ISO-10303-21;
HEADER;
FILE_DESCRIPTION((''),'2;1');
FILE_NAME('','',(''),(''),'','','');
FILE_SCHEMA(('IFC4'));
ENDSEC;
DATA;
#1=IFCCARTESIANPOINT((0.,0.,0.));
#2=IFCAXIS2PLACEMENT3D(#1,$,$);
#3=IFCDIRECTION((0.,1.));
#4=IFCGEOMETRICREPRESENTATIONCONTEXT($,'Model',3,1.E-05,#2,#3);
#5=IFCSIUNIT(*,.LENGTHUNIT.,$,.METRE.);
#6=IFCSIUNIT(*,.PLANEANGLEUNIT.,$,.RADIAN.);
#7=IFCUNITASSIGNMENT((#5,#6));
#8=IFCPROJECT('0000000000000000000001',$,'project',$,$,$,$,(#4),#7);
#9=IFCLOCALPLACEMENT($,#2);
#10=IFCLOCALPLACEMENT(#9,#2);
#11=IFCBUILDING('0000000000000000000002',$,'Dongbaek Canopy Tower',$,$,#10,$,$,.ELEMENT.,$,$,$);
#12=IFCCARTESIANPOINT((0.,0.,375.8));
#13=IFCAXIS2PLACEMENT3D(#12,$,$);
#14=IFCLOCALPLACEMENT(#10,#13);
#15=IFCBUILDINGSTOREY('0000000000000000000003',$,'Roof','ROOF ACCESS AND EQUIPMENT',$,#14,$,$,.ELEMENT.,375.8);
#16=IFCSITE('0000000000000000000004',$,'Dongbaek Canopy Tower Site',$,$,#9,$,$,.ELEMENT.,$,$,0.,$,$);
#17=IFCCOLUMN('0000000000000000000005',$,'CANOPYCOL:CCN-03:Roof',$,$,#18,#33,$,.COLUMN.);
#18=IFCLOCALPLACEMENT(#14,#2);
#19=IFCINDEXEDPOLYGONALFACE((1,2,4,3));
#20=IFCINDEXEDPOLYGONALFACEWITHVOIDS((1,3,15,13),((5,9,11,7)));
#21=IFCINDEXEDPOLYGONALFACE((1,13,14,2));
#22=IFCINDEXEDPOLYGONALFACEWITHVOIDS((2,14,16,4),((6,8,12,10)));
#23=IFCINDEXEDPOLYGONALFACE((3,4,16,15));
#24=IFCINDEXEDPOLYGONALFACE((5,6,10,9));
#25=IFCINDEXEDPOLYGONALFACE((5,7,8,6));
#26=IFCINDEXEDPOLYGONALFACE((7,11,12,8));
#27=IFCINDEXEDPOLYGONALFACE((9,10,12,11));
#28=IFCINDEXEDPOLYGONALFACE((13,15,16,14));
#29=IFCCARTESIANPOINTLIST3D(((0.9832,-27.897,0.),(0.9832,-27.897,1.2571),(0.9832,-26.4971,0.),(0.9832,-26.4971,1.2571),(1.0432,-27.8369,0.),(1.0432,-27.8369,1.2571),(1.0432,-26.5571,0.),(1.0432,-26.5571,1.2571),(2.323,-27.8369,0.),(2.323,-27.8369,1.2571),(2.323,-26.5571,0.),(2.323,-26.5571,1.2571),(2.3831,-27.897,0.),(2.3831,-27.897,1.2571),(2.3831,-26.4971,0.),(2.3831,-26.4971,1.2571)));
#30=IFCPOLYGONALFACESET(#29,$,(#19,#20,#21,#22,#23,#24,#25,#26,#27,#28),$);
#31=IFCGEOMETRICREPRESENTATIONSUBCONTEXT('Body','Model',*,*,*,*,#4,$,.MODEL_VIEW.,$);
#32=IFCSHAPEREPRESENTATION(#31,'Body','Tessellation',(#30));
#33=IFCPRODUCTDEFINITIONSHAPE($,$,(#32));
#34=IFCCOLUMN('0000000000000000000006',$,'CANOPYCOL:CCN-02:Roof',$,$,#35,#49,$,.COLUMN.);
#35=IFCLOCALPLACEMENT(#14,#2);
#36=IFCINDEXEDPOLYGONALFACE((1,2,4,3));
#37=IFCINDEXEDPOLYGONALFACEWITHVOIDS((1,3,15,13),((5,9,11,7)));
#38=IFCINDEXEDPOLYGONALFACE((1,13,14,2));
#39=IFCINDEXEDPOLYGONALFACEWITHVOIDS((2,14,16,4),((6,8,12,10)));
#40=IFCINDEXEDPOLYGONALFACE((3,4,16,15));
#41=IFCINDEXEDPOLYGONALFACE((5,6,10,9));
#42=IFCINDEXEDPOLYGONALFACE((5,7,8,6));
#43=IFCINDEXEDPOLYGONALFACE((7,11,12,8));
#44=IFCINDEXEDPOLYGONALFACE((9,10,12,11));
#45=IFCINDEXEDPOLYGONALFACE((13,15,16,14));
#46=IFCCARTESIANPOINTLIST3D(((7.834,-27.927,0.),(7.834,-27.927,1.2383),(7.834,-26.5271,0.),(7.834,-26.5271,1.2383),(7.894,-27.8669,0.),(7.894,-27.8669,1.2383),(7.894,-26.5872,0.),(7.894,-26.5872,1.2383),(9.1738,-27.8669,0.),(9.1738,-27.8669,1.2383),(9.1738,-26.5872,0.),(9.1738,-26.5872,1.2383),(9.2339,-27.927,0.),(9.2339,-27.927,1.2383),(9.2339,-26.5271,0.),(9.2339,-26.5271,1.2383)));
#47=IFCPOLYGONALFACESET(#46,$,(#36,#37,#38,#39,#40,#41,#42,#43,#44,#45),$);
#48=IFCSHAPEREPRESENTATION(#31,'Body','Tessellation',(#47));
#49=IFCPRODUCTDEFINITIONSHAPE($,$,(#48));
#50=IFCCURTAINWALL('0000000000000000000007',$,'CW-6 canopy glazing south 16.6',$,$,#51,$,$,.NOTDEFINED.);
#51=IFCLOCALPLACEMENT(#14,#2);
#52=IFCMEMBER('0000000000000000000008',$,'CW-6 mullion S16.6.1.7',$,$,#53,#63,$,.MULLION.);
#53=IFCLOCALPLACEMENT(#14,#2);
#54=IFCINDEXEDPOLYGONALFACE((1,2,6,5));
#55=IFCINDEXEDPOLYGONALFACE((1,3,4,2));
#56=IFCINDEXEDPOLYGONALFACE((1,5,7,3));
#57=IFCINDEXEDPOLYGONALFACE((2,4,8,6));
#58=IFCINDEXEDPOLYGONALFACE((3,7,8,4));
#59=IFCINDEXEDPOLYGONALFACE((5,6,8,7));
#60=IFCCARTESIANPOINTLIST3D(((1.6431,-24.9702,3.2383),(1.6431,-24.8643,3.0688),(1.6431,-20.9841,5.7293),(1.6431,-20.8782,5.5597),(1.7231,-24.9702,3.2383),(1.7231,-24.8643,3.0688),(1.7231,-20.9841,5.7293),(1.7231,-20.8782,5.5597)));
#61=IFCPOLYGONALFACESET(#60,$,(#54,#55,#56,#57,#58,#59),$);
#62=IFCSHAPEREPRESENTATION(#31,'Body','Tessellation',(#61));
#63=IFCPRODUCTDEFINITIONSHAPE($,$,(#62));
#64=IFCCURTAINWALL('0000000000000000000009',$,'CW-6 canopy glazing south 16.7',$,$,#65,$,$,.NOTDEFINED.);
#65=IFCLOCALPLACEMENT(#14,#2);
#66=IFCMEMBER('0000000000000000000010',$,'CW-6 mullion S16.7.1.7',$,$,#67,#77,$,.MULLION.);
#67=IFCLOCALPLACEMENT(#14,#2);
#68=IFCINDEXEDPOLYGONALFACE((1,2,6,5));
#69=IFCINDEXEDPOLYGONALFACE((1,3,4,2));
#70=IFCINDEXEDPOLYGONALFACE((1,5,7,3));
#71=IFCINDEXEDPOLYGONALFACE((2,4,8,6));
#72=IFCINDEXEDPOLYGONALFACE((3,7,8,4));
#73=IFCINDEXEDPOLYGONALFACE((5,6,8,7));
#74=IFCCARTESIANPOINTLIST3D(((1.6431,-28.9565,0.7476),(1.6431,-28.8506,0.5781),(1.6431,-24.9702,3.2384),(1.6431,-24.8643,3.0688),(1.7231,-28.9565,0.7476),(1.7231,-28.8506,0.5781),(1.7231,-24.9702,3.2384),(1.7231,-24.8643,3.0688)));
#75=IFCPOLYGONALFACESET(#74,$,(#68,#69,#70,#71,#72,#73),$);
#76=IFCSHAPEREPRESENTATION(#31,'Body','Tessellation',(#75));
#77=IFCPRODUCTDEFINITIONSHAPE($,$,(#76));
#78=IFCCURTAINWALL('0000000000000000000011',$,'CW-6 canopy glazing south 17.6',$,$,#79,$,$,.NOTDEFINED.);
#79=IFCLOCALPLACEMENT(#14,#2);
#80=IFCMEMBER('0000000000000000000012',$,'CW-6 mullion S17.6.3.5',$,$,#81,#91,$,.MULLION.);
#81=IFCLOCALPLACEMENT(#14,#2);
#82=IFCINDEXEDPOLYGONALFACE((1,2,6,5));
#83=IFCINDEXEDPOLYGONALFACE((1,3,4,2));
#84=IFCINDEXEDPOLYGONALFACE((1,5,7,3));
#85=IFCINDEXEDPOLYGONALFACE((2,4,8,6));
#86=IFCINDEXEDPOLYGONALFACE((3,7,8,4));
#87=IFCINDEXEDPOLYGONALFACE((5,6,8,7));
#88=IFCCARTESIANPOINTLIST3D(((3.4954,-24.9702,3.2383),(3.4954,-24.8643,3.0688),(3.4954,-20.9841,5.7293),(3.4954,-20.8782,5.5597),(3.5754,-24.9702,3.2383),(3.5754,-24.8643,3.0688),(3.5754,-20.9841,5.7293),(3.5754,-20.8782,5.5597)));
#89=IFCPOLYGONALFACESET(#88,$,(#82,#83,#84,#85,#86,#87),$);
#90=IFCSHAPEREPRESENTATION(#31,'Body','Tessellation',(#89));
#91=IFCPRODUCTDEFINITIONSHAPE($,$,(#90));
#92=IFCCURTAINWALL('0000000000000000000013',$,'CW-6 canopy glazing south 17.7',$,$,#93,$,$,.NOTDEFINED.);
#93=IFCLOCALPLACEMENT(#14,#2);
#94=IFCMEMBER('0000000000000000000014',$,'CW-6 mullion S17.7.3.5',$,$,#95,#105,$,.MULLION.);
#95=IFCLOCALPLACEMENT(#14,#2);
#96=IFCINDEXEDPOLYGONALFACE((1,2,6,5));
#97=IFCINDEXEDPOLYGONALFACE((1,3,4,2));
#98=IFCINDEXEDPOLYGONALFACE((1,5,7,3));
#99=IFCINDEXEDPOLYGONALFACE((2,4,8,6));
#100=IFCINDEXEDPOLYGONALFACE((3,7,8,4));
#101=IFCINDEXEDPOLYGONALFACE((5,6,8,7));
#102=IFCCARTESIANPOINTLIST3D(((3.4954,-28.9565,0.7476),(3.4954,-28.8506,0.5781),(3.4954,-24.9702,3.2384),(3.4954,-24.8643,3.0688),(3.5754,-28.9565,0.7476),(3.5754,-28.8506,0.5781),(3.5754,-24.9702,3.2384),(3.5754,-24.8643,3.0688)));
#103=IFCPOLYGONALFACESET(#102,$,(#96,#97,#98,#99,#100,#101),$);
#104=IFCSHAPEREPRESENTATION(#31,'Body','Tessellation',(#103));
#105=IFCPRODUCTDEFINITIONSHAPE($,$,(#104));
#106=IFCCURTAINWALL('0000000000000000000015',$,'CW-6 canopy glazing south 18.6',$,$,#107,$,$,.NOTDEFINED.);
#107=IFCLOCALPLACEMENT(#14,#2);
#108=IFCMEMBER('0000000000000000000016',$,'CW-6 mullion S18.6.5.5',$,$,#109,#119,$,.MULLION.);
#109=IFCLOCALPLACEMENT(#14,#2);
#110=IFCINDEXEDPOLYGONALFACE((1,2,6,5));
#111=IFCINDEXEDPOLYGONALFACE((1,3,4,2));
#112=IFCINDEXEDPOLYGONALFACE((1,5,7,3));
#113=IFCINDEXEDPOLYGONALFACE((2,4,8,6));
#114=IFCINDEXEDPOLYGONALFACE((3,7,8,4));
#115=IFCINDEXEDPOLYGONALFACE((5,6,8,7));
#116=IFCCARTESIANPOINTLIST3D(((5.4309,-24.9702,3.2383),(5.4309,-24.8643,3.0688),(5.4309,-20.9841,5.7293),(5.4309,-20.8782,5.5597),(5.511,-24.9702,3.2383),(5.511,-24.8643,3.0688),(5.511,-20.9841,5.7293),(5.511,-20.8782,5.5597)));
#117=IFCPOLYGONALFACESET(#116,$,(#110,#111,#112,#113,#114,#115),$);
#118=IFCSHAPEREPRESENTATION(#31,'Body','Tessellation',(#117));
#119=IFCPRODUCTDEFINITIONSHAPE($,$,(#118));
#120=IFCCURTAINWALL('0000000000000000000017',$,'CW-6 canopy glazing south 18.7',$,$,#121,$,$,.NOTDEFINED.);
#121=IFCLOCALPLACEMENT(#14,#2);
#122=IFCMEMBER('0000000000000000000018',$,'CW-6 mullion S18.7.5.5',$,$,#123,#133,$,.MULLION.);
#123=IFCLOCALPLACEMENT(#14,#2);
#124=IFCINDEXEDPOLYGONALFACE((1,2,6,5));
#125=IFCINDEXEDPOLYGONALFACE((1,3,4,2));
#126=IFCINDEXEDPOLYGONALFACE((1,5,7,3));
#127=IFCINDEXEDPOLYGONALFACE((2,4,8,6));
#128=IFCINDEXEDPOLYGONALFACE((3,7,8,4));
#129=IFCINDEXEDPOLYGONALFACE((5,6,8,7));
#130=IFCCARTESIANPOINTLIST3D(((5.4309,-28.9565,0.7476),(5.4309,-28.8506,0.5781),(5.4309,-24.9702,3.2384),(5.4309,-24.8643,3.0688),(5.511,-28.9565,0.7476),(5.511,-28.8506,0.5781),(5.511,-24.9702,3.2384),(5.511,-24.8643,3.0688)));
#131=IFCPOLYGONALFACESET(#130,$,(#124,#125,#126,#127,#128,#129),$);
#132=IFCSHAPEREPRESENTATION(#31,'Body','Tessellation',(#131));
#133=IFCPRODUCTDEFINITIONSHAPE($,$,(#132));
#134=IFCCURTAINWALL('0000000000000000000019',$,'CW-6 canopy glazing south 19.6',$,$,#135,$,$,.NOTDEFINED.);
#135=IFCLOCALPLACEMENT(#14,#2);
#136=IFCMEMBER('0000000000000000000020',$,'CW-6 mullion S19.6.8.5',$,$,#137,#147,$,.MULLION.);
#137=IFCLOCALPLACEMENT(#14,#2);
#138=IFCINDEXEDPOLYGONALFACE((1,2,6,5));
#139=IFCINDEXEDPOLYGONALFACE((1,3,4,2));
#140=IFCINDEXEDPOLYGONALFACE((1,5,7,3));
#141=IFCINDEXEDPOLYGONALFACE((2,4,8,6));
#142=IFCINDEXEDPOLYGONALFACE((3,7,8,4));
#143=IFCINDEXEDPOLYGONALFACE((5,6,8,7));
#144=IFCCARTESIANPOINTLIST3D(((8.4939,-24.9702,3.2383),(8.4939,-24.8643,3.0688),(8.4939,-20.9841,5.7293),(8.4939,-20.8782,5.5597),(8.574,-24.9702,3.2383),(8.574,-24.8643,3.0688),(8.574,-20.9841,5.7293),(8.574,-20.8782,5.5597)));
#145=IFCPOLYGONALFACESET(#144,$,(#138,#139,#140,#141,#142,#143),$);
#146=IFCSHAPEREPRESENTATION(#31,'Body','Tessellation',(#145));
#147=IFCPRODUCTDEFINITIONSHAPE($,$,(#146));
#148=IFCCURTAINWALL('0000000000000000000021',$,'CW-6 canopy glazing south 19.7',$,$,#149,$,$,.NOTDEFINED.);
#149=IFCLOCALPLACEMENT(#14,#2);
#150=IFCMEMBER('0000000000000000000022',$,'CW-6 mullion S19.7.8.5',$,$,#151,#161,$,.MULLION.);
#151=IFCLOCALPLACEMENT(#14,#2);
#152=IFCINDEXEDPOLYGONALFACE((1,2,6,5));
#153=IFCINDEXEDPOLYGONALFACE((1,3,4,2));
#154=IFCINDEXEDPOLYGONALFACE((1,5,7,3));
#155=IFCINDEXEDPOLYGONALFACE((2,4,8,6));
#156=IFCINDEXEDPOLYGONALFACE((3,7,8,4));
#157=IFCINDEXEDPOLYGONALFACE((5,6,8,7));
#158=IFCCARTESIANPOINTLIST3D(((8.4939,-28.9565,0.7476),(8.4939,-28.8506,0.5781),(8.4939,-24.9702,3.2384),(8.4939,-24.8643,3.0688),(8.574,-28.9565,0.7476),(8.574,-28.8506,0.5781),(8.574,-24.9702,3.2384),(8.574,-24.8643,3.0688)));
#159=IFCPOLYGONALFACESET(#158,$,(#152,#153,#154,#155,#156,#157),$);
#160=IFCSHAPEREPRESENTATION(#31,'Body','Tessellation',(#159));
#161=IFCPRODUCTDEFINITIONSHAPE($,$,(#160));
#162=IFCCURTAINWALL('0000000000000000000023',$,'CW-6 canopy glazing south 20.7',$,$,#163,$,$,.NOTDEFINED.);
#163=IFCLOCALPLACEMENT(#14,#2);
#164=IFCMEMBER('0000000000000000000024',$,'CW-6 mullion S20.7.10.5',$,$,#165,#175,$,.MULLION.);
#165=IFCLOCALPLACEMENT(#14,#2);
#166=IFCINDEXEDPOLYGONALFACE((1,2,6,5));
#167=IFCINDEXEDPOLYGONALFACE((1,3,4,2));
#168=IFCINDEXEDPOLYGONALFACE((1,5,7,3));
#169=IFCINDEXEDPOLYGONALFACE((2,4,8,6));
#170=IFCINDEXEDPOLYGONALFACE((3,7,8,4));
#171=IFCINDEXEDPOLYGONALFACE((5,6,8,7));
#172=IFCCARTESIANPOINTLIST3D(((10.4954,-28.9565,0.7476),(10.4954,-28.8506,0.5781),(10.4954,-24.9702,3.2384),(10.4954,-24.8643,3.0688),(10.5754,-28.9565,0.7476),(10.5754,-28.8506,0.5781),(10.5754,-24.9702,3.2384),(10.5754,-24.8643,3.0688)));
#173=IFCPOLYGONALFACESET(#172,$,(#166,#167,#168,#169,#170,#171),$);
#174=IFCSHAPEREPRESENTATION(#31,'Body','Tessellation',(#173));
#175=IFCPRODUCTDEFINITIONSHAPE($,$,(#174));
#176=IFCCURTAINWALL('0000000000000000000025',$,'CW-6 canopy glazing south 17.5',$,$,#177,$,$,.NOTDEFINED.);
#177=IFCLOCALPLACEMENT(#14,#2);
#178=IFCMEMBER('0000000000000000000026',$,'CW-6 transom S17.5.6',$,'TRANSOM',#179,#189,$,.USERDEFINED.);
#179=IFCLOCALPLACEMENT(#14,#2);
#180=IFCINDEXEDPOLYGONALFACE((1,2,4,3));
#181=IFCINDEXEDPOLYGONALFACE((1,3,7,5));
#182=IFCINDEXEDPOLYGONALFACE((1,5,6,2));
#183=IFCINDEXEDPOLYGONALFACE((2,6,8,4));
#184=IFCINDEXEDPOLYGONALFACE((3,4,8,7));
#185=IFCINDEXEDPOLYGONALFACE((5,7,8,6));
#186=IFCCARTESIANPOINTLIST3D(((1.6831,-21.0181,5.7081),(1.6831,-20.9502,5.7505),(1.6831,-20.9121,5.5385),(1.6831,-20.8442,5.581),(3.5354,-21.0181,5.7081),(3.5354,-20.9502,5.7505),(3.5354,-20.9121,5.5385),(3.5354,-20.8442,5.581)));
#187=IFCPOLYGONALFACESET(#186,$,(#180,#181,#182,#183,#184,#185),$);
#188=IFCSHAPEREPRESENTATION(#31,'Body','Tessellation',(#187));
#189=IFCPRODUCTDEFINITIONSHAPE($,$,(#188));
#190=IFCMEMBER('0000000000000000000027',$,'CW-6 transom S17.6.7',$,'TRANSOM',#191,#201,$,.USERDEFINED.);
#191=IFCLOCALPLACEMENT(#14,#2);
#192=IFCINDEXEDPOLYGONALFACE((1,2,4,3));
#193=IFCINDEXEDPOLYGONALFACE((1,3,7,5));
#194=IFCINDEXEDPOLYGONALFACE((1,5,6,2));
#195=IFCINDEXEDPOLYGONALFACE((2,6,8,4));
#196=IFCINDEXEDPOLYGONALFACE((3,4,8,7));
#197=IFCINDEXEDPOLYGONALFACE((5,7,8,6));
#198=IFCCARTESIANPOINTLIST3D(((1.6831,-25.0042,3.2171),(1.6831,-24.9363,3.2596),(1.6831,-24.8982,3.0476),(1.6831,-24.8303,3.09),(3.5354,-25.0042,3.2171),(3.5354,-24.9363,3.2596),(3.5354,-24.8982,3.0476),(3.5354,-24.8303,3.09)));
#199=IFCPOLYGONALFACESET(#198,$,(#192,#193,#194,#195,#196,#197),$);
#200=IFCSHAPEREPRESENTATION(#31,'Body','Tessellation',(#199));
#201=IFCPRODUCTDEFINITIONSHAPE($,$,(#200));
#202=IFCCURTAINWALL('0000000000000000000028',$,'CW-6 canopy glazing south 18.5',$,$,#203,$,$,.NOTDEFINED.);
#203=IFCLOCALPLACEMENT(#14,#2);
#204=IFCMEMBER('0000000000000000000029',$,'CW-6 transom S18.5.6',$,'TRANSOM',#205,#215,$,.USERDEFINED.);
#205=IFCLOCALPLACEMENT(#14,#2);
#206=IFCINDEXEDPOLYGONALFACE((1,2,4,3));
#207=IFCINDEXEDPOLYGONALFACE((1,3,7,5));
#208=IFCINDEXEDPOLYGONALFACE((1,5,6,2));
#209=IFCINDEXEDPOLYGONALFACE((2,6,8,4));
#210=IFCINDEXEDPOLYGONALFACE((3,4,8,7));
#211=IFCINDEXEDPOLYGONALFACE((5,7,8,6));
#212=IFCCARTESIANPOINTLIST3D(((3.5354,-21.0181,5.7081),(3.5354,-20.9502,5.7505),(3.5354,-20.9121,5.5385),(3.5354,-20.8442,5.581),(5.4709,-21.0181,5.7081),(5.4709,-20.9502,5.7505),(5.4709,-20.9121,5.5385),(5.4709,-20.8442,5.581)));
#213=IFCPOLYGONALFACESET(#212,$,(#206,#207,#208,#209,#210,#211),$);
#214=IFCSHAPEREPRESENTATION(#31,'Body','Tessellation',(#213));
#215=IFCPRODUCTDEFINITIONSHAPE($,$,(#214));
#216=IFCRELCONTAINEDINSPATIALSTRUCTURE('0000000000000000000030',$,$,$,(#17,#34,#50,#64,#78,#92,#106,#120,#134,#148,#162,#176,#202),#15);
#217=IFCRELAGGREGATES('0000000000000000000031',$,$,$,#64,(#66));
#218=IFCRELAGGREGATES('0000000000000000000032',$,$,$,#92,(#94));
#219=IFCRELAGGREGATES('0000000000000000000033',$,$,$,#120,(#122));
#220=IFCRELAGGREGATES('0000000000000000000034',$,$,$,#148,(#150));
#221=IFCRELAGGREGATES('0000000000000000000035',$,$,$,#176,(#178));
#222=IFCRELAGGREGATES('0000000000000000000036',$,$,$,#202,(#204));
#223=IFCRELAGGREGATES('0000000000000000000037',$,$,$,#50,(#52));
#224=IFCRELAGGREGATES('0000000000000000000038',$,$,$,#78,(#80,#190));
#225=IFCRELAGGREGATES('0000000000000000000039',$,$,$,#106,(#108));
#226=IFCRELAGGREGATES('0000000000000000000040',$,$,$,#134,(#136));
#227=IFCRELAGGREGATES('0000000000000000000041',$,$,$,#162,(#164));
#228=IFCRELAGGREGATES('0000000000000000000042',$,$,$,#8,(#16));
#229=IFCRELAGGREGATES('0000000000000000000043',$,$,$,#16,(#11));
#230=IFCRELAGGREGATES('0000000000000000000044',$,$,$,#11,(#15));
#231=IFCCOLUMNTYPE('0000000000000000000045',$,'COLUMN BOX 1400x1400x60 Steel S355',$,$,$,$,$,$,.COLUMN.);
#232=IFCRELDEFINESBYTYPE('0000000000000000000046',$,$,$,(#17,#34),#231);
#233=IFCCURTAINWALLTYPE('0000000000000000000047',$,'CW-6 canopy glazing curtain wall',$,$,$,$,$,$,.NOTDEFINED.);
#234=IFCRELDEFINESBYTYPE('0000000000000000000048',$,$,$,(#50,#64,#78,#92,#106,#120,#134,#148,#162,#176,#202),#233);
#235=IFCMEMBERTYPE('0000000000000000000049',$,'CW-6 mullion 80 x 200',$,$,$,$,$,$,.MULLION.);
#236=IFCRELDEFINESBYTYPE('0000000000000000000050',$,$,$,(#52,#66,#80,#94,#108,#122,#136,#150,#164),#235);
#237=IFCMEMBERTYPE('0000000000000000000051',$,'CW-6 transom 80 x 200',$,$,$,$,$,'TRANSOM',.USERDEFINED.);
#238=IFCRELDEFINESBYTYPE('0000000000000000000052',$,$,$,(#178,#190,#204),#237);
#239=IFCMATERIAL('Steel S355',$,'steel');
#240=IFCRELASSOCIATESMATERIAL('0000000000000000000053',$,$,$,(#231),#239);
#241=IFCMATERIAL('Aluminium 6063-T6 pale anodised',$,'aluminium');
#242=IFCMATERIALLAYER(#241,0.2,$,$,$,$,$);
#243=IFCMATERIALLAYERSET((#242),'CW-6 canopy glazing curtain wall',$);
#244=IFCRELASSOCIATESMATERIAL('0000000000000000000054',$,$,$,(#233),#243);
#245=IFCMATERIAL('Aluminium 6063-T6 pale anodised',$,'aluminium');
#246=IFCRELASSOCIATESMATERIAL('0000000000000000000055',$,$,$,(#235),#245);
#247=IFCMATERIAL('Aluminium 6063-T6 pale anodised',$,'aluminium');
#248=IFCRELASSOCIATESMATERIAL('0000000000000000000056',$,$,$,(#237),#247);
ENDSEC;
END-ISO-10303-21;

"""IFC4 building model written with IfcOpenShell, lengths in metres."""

from ifc_helpers import new_model, si_unit, direction, frame, origin, origin_2d, place, context, subcontext, project, spatial, rectangle, hollow_rectangle, extrude, material, layer, layer_set, material_profile, profile_set, type_object, element, aggregate, save


model = new_model("IFC4")

# Units and contexts
model_context = context("Model", 3, precision=1e-05, world=origin(), true_north=direction((0.0, 1.0)))
body_context = subcontext(model_context, "Body", "Model", "MODEL_VIEW")
ifc_project = project(units=[si_unit("LENGTHUNIT", "METRE"), si_unit("PLANEANGLEUNIT", "RADIAN")], contexts=[model_context])

# Site, building, storey
site_placement = place(None, origin())
site = spatial("IfcSite", under=ifc_project, at=site_placement, Name="Dongbaek Canopy Tower Site", CompositionType="ELEMENT", RefElevation=0.0)
building_placement = place(site_placement, origin())
building = spatial("IfcBuilding", under=site, at=building_placement, Name="Dongbaek Canopy Tower", CompositionType="ELEMENT")
storey_placement = place(building_placement, frame((0.0, 0.0, 375.8)))
storey = spatial("IfcBuildingStorey", under=building, at=storey_placement, Name="Roof", Description="ROOF ACCESS AND EQUIPMENT", CompositionType="ELEMENT", Elevation=375.8)

# Columns
ifc_material_1 = material(Name="Steel S355", Category="steel")
ifc_material_profile_1 = material_profile(ifc_material_1, hollow_rectangle(XDim=1.3999, YDim=1.3999, WallThickness=0.0601, at=origin_2d()), Name="COLUMN BOX 1400x1400x60 Steel S355")
ifc_profile_set_1 = profile_set([ifc_material_profile_1], Name="Steel S355")
column_type = type_object("IfcColumnType", Name="COLUMN BOX 1400x1400x60 Steel S355", PredefinedType="COLUMN", material=ifc_profile_set_1)
column_1_placement = place(storey_placement, frame((1.6831, -27.197, 0.0), z_axis=(0.0, 0.0, 1.0), x_axis=(1.0, 0.0, 0.0)))
element("IfcColumn", 1, at=column_1_placement, inside=storey, type_object=column_type, Name="CANOPYCOL:CCN-03:Roof", PredefinedType="COLUMN", context=body_context, shape_type="SweptSolid", body=[
    extrude(hollow_rectangle(XDim=1.3999, YDim=1.3999, WallThickness=0.0601, at=origin_2d()), origin(), (0.0, 0.0, 1.0), 1.2571),
])
column_2_placement = place(storey_placement, frame((8.5339, -27.2271, 0.0), z_axis=(0.0, 0.0, 1.0), x_axis=(1.0, 0.0, 0.0)))
element("IfcColumn", 2, at=column_2_placement, inside=storey, type_object=column_type, Name="CANOPYCOL:CCN-02:Roof", PredefinedType="COLUMN", context=body_context, shape_type="SweptSolid", body=[
    extrude(hollow_rectangle(XDim=1.3999, YDim=1.3999, WallThickness=0.0601, at=origin_2d()), origin(), (0.0, 0.0, 1.0), 1.2383),
])

# Curtain walls, members
ifc_material_2 = material(Name="Aluminium 6063-T6 pale anodised", Category="aluminium")
ifc_layer_1 = layer(ifc_material_2, 0.2)
ifc_layer_set_1 = layer_set([ifc_layer_1], Name="CW-6 canopy glazing curtain wall")
curtain_wall_type = type_object("IfcCurtainWallType", Name="CW-6 canopy glazing curtain wall", PredefinedType="NOTDEFINED", material=ifc_layer_set_1)
curtain_wall_1_placement = place(storey_placement, origin())
curtain_wall_1 = element("IfcCurtainWall", 3, at=curtain_wall_1_placement, inside=storey, type_object=curtain_wall_type, Name="CW-6 canopy glazing south 16.6", PredefinedType="NOTDEFINED")
ifc_material_3 = material(Name="Aluminium 6063-T6 pale anodised", Category="aluminium")
ifc_material_profile_2 = material_profile(ifc_material_3, rectangle(XDim=0.0801, YDim=0.2, at=origin_2d()), Name="CW-6 mullion 80 x 200")
ifc_profile_set_2 = profile_set([ifc_material_profile_2], Name="Aluminium 6063-T6 pale anodised")
member_type_1 = type_object("IfcMemberType", Name="CW-6 mullion 80 x 200", PredefinedType="MULLION", material=ifc_profile_set_2)
member_1_placement = place(storey_placement, frame((1.6831, -20.9312, 5.6445), z_axis=(0.0, -0.84803, -0.529948), x_axis=(1.0, 0.0, 0.0)))
member_1 = element("IfcMember", 4, at=member_1_placement, type_object=member_type_1, Name="CW-6 mullion S16.6.1.7", PredefinedType="MULLION", context=body_context, shape_type="SweptSolid", body=[
    extrude(rectangle(XDim=0.0801, YDim=0.2, at=origin_2d()), origin(), (0.0, 0.0, 1.0), 4.7004),
])
curtain_wall_2_placement = place(storey_placement, origin())
curtain_wall_2 = element("IfcCurtainWall", 5, at=curtain_wall_2_placement, inside=storey, type_object=curtain_wall_type, Name="CW-6 canopy glazing south 16.7", PredefinedType="NOTDEFINED")
member_2_placement = place(storey_placement, frame((1.6831, -24.9172, 3.1536), z_axis=(0.0, -0.848068, -0.529887), x_axis=(1.0, 0.0, 0.0)))
member_2 = element("IfcMember", 6, at=member_2_placement, type_object=member_type_1, Name="CW-6 mullion S16.7.1.7", PredefinedType="MULLION", context=body_context, shape_type="SweptSolid", body=[
    extrude(rectangle(XDim=0.0801, YDim=0.2, at=origin_2d()), origin(), (0.0, 0.0, 1.0), 4.7004),
])
aggregate(curtain_wall_2, [member_2])
curtain_wall_3_placement = place(storey_placement, origin())
curtain_wall_3 = element("IfcCurtainWall", 7, at=curtain_wall_3_placement, inside=storey, type_object=curtain_wall_type, Name="CW-6 canopy glazing south 17.6", PredefinedType="NOTDEFINED")
member_3_placement = place(storey_placement, frame((3.5354, -20.9312, 5.6445), z_axis=(0.0, -0.84803, -0.529948), x_axis=(1.0, 0.0, 0.0)))
member_3 = element("IfcMember", 8, at=member_3_placement, type_object=member_type_1, Name="CW-6 mullion S17.6.3.5", PredefinedType="MULLION", context=body_context, shape_type="SweptSolid", body=[
    extrude(rectangle(XDim=0.0801, YDim=0.2, at=origin_2d()), origin(), (0.0, 0.0, 1.0), 4.7004),
])
curtain_wall_4_placement = place(storey_placement, origin())
curtain_wall_4 = element("IfcCurtainWall", 9, at=curtain_wall_4_placement, inside=storey, type_object=curtain_wall_type, Name="CW-6 canopy glazing south 17.7", PredefinedType="NOTDEFINED")
member_4_placement = place(storey_placement, frame((3.5354, -24.9172, 3.1536), z_axis=(0.0, -0.848068, -0.529887), x_axis=(1.0, 0.0, 0.0)))
member_4 = element("IfcMember", 10, at=member_4_placement, type_object=member_type_1, Name="CW-6 mullion S17.7.3.5", PredefinedType="MULLION", context=body_context, shape_type="SweptSolid", body=[
    extrude(rectangle(XDim=0.0801, YDim=0.2, at=origin_2d()), origin(), (0.0, 0.0, 1.0), 4.7004),
])
aggregate(curtain_wall_4, [member_4])
curtain_wall_5_placement = place(storey_placement, origin())
curtain_wall_5 = element("IfcCurtainWall", 11, at=curtain_wall_5_placement, inside=storey, type_object=curtain_wall_type, Name="CW-6 canopy glazing south 18.6", PredefinedType="NOTDEFINED")
member_5_placement = place(storey_placement, frame((5.4709, -20.9312, 5.6445), z_axis=(0.0, -0.84803, -0.529948), x_axis=(1.0, 0.0, 0.0)))
member_5 = element("IfcMember", 12, at=member_5_placement, type_object=member_type_1, Name="CW-6 mullion S18.6.5.5", PredefinedType="MULLION", context=body_context, shape_type="SweptSolid", body=[
    extrude(rectangle(XDim=0.0801, YDim=0.2, at=origin_2d()), origin(), (0.0, 0.0, 1.0), 4.7004),
])
curtain_wall_6_placement = place(storey_placement, origin())
curtain_wall_6 = element("IfcCurtainWall", 13, at=curtain_wall_6_placement, inside=storey, type_object=curtain_wall_type, Name="CW-6 canopy glazing south 18.7", PredefinedType="NOTDEFINED")
member_6_placement = place(storey_placement, frame((5.4709, -24.9172, 3.1536), z_axis=(0.0, -0.848068, -0.529887), x_axis=(1.0, 0.0, 0.0)))
member_6 = element("IfcMember", 14, at=member_6_placement, type_object=member_type_1, Name="CW-6 mullion S18.7.5.5", PredefinedType="MULLION", context=body_context, shape_type="SweptSolid", body=[
    extrude(rectangle(XDim=0.0801, YDim=0.2, at=origin_2d()), origin(), (0.0, 0.0, 1.0), 4.7004),
])
aggregate(curtain_wall_6, [member_6])
curtain_wall_7_placement = place(storey_placement, origin())
curtain_wall_7 = element("IfcCurtainWall", 15, at=curtain_wall_7_placement, inside=storey, type_object=curtain_wall_type, Name="CW-6 canopy glazing south 19.6", PredefinedType="NOTDEFINED")
member_7_placement = place(storey_placement, frame((8.5339, -20.9312, 5.6445), z_axis=(0.0, -0.84803, -0.529948), x_axis=(1.0, 0.0, 0.0)))
member_7 = element("IfcMember", 16, at=member_7_placement, type_object=member_type_1, Name="CW-6 mullion S19.6.8.5", PredefinedType="MULLION", context=body_context, shape_type="SweptSolid", body=[
    extrude(rectangle(XDim=0.0801, YDim=0.2, at=origin_2d()), origin(), (0.0, 0.0, 1.0), 4.7004),
])
curtain_wall_8_placement = place(storey_placement, origin())
curtain_wall_8 = element("IfcCurtainWall", 17, at=curtain_wall_8_placement, inside=storey, type_object=curtain_wall_type, Name="CW-6 canopy glazing south 19.7", PredefinedType="NOTDEFINED")
member_8_placement = place(storey_placement, frame((8.5339, -24.9172, 3.1536), z_axis=(0.0, -0.848068, -0.529887), x_axis=(1.0, 0.0, 0.0)))
member_8 = element("IfcMember", 18, at=member_8_placement, type_object=member_type_1, Name="CW-6 mullion S19.7.8.5", PredefinedType="MULLION", context=body_context, shape_type="SweptSolid", body=[
    extrude(rectangle(XDim=0.0801, YDim=0.2, at=origin_2d()), origin(), (0.0, 0.0, 1.0), 4.7004),
])
aggregate(curtain_wall_8, [member_8])
curtain_wall_9_placement = place(storey_placement, origin())
curtain_wall_9 = element("IfcCurtainWall", 19, at=curtain_wall_9_placement, inside=storey, type_object=curtain_wall_type, Name="CW-6 canopy glazing south 20.7", PredefinedType="NOTDEFINED")
member_9_placement = place(storey_placement, frame((10.5354, -24.9172, 3.1536), z_axis=(0.0, -0.848068, -0.529887), x_axis=(1.0, 0.0, 0.0)))
member_9 = element("IfcMember", 20, at=member_9_placement, type_object=member_type_1, Name="CW-6 mullion S20.7.10.5", PredefinedType="MULLION", context=body_context, shape_type="SweptSolid", body=[
    extrude(rectangle(XDim=0.0801, YDim=0.2, at=origin_2d()), origin(), (0.0, 0.0, 1.0), 4.7004),
])
curtain_wall_10_placement = place(storey_placement, origin())
curtain_wall_10 = element("IfcCurtainWall", 21, at=curtain_wall_10_placement, inside=storey, type_object=curtain_wall_type, Name="CW-6 canopy glazing south 17.5", PredefinedType="NOTDEFINED")
ifc_material_4 = material(Name="Aluminium 6063-T6 pale anodised", Category="aluminium")
ifc_material_profile_3 = material_profile(ifc_material_4, rectangle(XDim=0.0801, YDim=0.2, at=origin_2d()), Name="CW-6 transom 80 x 200")
ifc_profile_set_3 = profile_set([ifc_material_profile_3], Name="Aluminium 6063-T6 pale anodised")
member_type_2 = type_object("IfcMemberType", Name="CW-6 transom 80 x 200", ElementType="TRANSOM", PredefinedType="USERDEFINED", material=ifc_profile_set_3)
member_10_placement = place(storey_placement, frame((1.6831, -20.9312, 5.6445), z_axis=(1.0, 0.0, 0.0), x_axis=(0.0, 0.848048, 0.529919)))
member_10 = element("IfcMember", 22, at=member_10_placement, type_object=member_type_2, Name="CW-6 transom S17.5.6", ObjectType="TRANSOM", PredefinedType="USERDEFINED", context=body_context, shape_type="SweptSolid", body=[
    extrude(rectangle(XDim=0.0801, YDim=0.2, at=origin_2d()), origin(), (0.0, 0.0, 1.0), 1.8523),
])
aggregate(curtain_wall_10, [member_10])

# Member
member_11_placement = place(storey_placement, frame((1.6831, -24.9172, 3.1536), z_axis=(1.0, 0.0, 0.0), x_axis=(0.0, 0.848048, 0.529919)))
member_11 = element("IfcMember", 23, at=member_11_placement, type_object=member_type_2, Name="CW-6 transom S17.6.7", ObjectType="TRANSOM", PredefinedType="USERDEFINED", context=body_context, shape_type="SweptSolid", body=[
    extrude(rectangle(XDim=0.0801, YDim=0.2, at=origin_2d()), origin(), (0.0, 0.0, 1.0), 1.8523),
])

# Curtain wall, member
curtain_wall_11_placement = place(storey_placement, origin())
curtain_wall_11 = element("IfcCurtainWall", 24, at=curtain_wall_11_placement, inside=storey, type_object=curtain_wall_type, Name="CW-6 canopy glazing south 18.5", PredefinedType="NOTDEFINED")
member_12_placement = place(storey_placement, frame((3.5354, -20.9312, 5.6445), z_axis=(1.0, 0.0, 0.0), x_axis=(0.0, 0.848048, 0.529919)))
member_12 = element("IfcMember", 25, at=member_12_placement, type_object=member_type_2, Name="CW-6 transom S18.5.6", ObjectType="TRANSOM", PredefinedType="USERDEFINED", context=body_context, shape_type="SweptSolid", body=[
    extrude(rectangle(XDim=0.0801, YDim=0.2, at=origin_2d()), origin(), (0.0, 0.0, 1.0), 1.9355),
])
aggregate(curtain_wall_11, [member_12])

aggregate(curtain_wall_1, [member_1])
aggregate(curtain_wall_3, [member_3, member_11])
aggregate(curtain_wall_5, [member_5])
aggregate(curtain_wall_7, [member_7])
aggregate(curtain_wall_9, [member_9])

save(model, "model.ifc")
